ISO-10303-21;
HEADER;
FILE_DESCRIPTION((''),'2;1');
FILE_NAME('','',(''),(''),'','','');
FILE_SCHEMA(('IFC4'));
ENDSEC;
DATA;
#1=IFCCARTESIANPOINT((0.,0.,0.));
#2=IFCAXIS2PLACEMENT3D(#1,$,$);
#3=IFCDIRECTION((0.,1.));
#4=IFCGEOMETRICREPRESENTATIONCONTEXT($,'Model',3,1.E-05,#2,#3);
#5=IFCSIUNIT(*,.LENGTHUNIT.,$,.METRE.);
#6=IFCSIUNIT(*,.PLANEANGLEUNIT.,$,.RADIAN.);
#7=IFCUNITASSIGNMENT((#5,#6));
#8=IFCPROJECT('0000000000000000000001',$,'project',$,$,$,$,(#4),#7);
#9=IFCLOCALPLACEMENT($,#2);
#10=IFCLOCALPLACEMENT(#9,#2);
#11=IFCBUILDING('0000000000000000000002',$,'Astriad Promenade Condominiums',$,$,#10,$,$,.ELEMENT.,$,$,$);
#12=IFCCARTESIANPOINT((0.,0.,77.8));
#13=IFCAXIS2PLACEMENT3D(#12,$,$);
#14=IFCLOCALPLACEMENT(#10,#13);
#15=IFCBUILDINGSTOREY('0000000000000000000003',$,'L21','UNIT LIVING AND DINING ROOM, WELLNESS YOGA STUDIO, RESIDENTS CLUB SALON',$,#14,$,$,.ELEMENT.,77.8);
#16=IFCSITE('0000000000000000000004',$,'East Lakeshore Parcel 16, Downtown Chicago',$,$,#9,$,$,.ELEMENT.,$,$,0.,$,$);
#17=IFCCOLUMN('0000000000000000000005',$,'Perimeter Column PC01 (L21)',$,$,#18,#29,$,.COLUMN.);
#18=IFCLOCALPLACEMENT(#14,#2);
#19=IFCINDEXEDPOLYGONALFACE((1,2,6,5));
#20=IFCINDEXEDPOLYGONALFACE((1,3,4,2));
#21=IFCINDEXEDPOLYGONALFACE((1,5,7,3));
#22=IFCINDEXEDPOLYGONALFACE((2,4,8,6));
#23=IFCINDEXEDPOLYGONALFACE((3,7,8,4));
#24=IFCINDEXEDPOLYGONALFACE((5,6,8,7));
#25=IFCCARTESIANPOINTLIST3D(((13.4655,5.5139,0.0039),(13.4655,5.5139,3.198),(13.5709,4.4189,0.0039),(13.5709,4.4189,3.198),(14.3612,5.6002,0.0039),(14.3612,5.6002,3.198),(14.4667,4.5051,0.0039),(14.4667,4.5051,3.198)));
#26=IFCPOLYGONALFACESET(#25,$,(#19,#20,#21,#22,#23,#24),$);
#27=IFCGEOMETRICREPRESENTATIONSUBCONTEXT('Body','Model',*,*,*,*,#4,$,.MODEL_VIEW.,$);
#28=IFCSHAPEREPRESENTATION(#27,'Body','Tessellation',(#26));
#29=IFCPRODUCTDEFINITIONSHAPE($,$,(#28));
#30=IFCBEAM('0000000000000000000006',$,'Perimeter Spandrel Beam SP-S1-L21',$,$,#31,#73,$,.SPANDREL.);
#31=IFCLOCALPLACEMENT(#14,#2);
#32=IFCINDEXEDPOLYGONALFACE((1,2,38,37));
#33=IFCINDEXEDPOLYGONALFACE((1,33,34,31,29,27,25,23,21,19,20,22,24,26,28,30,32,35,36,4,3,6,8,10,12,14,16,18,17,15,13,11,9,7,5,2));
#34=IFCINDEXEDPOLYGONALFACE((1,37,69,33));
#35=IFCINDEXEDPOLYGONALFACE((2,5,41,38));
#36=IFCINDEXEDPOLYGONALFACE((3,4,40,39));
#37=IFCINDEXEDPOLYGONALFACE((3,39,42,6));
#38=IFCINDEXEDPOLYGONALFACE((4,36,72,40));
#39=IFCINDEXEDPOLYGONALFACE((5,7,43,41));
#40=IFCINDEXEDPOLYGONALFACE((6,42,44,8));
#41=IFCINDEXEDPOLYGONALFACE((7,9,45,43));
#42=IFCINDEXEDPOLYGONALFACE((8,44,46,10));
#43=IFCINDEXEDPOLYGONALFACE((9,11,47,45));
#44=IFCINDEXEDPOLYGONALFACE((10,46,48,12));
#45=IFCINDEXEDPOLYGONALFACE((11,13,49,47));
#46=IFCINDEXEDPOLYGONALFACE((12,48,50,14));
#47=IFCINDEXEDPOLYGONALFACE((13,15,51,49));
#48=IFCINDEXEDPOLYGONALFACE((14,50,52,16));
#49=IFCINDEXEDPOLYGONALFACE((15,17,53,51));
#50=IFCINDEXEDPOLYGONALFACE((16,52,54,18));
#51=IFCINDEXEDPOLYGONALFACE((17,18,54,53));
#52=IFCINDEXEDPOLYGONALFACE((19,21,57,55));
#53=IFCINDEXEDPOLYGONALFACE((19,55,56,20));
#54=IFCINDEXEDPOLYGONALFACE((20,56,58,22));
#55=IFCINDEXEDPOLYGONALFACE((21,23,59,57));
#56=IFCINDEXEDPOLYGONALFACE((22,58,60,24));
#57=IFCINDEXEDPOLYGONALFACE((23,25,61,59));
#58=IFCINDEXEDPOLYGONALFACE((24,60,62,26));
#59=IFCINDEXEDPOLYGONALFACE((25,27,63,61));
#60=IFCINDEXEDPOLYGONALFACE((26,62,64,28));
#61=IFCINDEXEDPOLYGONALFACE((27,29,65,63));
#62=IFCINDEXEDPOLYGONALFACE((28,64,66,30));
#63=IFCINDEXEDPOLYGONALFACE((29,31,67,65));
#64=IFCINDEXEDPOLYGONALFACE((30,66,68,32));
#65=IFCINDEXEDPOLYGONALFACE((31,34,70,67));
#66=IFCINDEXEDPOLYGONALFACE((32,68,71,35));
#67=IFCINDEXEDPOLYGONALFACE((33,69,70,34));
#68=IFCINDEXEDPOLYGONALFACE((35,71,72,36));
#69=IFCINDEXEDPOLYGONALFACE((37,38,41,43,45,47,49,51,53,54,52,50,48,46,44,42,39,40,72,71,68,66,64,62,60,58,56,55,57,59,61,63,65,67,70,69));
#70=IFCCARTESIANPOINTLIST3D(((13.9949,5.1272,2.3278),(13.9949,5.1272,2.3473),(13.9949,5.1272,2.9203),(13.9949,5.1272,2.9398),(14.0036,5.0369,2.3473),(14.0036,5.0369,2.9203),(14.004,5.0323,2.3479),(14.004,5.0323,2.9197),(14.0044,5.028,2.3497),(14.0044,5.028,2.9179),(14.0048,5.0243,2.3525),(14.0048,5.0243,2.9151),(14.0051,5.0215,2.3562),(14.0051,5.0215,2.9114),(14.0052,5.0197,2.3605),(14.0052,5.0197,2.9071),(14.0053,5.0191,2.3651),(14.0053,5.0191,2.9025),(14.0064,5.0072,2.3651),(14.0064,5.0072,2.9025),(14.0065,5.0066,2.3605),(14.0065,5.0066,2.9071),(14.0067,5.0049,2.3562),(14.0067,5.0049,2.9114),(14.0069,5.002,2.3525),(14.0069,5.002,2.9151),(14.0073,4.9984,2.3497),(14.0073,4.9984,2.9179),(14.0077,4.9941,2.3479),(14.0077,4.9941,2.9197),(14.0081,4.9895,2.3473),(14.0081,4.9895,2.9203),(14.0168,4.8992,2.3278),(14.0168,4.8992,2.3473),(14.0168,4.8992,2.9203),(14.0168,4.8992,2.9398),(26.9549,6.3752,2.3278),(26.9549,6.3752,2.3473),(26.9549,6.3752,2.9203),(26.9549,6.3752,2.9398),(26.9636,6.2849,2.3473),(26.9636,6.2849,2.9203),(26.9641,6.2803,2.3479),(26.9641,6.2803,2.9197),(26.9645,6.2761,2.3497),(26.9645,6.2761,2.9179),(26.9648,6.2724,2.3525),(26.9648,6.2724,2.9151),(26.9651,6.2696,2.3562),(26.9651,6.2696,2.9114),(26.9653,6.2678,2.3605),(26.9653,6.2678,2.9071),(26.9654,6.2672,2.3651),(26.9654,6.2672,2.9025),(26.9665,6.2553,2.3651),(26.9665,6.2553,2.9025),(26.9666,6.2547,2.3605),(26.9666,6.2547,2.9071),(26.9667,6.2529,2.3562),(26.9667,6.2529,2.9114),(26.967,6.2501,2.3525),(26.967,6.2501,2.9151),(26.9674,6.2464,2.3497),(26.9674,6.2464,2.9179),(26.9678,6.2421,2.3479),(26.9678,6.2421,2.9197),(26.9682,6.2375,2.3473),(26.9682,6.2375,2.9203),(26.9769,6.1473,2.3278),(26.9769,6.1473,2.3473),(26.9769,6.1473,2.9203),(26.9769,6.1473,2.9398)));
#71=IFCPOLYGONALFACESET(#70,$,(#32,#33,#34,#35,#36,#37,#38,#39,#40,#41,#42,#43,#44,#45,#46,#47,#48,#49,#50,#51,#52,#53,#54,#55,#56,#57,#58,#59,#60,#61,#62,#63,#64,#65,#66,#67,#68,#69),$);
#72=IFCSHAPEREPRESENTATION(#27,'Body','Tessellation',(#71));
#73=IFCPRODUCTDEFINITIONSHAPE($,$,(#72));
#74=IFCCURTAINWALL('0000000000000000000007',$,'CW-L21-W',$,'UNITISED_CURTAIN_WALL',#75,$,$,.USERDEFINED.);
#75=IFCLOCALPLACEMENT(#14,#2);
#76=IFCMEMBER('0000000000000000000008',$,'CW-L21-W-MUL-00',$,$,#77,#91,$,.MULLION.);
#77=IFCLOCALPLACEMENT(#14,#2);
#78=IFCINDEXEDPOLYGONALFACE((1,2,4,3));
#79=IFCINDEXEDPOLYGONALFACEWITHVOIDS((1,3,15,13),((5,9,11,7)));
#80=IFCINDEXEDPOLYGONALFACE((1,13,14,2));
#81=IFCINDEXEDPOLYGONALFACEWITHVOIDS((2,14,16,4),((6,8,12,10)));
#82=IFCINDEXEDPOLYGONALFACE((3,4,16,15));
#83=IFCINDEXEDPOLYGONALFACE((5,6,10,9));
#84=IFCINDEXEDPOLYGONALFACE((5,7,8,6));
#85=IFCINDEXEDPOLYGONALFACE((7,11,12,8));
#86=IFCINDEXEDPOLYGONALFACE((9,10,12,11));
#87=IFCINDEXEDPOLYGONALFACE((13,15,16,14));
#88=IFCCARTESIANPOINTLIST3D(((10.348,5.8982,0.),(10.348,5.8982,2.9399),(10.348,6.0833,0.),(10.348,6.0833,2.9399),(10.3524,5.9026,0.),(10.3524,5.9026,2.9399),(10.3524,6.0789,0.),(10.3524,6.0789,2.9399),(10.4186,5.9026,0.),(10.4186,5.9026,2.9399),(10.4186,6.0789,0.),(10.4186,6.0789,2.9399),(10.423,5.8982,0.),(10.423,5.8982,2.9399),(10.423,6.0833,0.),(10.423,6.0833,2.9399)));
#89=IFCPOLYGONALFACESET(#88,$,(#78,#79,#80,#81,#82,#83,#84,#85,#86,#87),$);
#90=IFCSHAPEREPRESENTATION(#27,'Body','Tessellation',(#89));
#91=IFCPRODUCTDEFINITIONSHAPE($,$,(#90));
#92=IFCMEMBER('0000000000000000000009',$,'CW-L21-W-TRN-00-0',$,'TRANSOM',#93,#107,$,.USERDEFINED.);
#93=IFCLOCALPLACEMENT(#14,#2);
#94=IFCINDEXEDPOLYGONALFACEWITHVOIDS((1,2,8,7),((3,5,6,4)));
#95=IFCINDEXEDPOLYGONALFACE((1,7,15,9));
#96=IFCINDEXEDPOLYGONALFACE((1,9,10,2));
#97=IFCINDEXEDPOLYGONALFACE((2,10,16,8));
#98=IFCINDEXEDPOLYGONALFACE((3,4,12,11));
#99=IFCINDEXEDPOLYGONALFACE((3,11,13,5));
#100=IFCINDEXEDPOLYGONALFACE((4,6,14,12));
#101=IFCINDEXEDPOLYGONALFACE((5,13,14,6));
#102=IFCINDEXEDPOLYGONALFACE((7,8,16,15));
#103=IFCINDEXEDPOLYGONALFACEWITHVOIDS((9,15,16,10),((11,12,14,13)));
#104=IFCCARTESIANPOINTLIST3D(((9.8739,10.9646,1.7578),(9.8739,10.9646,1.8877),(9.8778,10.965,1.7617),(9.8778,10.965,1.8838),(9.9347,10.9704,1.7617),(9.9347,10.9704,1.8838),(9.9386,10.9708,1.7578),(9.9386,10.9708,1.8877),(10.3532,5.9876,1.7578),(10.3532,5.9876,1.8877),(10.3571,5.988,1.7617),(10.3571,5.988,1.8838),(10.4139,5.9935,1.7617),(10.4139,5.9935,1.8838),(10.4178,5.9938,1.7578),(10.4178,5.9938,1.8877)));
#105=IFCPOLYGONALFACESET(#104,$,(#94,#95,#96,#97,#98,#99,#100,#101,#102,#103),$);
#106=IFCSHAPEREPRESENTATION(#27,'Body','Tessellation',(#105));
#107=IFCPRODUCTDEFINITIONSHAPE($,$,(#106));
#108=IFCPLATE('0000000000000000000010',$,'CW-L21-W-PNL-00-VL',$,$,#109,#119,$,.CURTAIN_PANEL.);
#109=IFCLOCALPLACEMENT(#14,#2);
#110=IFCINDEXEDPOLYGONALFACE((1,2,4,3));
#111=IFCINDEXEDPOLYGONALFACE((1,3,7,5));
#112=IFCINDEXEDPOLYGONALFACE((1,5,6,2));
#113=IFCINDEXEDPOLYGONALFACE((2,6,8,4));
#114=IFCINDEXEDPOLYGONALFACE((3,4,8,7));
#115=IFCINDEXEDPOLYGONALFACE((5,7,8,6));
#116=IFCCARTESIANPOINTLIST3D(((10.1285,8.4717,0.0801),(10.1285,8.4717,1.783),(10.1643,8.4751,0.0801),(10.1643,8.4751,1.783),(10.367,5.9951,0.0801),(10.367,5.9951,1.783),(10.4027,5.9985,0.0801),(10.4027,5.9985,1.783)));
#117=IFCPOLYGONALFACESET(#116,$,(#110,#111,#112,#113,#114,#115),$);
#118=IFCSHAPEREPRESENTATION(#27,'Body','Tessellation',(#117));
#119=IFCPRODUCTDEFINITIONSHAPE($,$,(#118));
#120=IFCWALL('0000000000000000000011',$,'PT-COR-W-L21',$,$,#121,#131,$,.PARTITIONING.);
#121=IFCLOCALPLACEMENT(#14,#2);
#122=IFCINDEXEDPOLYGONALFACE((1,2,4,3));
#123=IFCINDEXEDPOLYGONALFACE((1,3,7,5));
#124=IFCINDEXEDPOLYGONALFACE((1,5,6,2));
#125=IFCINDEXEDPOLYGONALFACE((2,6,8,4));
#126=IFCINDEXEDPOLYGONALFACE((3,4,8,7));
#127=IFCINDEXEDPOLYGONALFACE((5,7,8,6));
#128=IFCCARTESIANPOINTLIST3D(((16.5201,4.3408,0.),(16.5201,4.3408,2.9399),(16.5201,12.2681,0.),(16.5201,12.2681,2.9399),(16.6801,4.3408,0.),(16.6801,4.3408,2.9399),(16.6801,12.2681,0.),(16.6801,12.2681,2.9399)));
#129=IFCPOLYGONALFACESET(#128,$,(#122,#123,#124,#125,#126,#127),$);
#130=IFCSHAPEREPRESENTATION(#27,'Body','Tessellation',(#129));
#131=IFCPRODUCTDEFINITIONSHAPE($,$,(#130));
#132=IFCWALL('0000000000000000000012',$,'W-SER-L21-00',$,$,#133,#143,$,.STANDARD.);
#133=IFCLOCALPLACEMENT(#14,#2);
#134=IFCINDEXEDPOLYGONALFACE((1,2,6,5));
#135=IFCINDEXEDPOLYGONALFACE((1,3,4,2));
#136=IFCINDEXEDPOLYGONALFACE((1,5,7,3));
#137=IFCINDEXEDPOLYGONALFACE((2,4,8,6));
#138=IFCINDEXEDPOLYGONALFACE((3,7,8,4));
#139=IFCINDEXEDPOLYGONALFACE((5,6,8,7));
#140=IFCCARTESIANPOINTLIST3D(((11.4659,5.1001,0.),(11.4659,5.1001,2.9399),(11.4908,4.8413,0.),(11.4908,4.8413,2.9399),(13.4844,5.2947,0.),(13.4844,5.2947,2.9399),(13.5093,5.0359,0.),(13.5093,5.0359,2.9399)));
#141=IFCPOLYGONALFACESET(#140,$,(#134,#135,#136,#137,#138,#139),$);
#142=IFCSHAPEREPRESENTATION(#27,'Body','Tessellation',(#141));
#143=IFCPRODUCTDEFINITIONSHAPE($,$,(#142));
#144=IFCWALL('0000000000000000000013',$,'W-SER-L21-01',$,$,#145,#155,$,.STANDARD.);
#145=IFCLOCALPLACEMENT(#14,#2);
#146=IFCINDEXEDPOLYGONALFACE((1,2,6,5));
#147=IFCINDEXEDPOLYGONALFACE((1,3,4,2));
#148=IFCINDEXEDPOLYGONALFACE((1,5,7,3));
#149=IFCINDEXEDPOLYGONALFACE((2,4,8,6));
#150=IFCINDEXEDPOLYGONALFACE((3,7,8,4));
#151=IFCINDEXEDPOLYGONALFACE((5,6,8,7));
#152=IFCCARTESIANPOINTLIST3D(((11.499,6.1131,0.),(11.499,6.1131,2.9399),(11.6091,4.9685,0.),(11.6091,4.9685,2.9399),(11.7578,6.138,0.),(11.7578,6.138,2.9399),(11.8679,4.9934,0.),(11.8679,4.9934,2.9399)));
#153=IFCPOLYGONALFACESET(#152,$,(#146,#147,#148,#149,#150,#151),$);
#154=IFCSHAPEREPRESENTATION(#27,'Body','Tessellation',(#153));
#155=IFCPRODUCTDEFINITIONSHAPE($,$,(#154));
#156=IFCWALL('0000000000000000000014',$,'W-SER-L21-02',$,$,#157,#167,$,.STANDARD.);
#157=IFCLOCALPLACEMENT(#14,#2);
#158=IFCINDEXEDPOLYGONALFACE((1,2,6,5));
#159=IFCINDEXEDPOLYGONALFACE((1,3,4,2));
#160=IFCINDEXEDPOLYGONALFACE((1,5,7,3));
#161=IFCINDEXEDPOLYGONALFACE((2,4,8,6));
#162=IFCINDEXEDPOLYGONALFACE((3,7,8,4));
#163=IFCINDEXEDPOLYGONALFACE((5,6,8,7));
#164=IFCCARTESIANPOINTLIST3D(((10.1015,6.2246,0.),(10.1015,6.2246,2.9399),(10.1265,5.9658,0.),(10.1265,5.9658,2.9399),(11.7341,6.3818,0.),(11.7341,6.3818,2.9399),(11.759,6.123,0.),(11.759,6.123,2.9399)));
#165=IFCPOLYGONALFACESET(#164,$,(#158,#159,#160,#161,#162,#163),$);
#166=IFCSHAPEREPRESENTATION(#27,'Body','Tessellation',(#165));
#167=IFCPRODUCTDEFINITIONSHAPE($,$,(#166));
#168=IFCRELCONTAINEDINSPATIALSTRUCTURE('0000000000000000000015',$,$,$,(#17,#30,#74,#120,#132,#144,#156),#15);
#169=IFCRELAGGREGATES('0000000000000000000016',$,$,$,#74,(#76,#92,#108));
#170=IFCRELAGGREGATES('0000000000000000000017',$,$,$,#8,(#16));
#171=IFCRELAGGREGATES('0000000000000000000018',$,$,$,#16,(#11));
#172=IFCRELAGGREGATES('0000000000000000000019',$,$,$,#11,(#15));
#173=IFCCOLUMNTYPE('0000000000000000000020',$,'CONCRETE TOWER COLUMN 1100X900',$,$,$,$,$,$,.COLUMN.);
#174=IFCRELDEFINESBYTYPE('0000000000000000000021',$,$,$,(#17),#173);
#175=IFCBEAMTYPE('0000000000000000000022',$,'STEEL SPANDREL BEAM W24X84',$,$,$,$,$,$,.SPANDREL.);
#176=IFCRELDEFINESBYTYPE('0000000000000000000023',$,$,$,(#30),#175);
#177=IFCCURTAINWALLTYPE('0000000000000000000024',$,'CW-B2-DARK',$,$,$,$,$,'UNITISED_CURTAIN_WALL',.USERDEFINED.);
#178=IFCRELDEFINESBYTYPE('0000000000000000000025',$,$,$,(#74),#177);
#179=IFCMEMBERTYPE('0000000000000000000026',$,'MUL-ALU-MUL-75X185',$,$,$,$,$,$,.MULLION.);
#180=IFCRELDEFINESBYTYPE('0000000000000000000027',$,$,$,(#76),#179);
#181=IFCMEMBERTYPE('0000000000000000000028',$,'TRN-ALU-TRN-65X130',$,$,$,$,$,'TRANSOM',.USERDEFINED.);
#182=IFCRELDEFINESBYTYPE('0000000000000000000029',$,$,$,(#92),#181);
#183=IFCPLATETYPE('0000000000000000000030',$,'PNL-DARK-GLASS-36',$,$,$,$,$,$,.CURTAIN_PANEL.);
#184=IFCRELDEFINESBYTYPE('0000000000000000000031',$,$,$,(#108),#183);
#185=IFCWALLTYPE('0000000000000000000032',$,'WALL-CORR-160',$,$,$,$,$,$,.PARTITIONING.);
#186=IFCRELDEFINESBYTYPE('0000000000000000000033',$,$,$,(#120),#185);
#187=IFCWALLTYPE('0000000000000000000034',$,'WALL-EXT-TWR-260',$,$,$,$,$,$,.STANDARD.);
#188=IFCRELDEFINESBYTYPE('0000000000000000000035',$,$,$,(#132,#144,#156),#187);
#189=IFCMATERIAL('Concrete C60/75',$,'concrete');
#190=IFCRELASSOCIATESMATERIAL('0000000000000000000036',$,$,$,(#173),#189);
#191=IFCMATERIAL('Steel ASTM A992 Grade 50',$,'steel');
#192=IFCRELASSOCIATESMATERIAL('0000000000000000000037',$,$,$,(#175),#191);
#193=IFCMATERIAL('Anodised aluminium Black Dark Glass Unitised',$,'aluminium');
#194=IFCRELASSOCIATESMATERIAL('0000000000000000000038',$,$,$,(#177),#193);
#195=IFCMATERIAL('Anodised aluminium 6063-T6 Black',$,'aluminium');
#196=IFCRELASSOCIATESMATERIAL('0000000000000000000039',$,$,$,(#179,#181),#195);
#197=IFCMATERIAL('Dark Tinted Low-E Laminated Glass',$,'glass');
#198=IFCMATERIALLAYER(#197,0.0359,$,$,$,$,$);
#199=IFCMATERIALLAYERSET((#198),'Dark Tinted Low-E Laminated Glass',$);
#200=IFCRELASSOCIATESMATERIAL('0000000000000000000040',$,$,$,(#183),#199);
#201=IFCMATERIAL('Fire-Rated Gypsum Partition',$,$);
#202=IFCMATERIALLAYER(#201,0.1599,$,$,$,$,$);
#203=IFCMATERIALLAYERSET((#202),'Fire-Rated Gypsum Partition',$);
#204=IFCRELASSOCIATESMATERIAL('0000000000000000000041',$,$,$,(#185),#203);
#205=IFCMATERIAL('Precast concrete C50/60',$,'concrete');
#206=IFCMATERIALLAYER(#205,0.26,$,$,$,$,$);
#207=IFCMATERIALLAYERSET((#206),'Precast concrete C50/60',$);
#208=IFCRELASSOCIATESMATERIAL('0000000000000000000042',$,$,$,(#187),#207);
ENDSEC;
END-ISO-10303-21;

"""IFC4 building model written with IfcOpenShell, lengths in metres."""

from ifc_helpers import new_model, si_unit, direction, frame, frame_2d, origin, origin_2d, place, context, subcontext, project, spatial, rectangle, hollow_rectangle, i_section, extrude, source, transform, mapped, material, layer, layer_set, material_profile, profile_set, type_object, type_shapes, element, aggregate, save


model = new_model("IFC4")

# Units and contexts
model_context = context("Model", 3, precision=1e-05, world=origin(), true_north=direction((0.0, 1.0)))
body_context = subcontext(model_context, "Body", "Model", "MODEL_VIEW")
ifc_project = project(units=[si_unit("LENGTHUNIT", "METRE"), si_unit("PLANEANGLEUNIT", "RADIAN")], contexts=[model_context])

# Site, building, storey
site_placement = place(None, origin())
site = spatial("IfcSite", under=ifc_project, at=site_placement, Name="East Lakeshore Parcel 16, Downtown Chicago", CompositionType="ELEMENT", RefElevation=0.0)
building_placement = place(site_placement, origin())
building = spatial("IfcBuilding", under=site, at=building_placement, Name="Astriad Promenade Condominiums", CompositionType="ELEMENT")
storey_placement = place(building_placement, frame((0.0, 0.0, 77.8)))
storey = spatial("IfcBuildingStorey", under=building, at=storey_placement, Name="L21", Description="UNIT LIVING AND DINING ROOM, WELLNESS YOGA STUDIO, RESIDENTS CLUB SALON", CompositionType="ELEMENT", Elevation=77.8)

# Column
ifc_material_1 = material(Name="Concrete C60/75", Category="concrete")
ifc_material_profile_1 = material_profile(ifc_material_1, rectangle(XDim=0.8999, YDim=1.1001, at=origin_2d()), Name="RC-COL-1100X900")
ifc_profile_set_1 = profile_set([ifc_material_profile_1], Name="Concrete C60/75")
column_type = type_object("IfcColumnType", Name="CONCRETE TOWER COLUMN 1100X900", PredefinedType="COLUMN", material=ifc_profile_set_1)
shared_shape_1 = source(origin(), body_context, "Body", "SweptSolid", [
    extrude(rectangle(XDim=0.8999, YDim=1.1001, at=origin_2d()), origin(), (0.0, 0.0, 1.0), 3.1941),
])
type_shapes(column_type, [shared_shape_1])
column_placement = place(storey_placement, frame((13.9661, 5.0095, 0.0039), z_axis=(0.0, 0.0, 1.0), x_axis=(0.995396, 0.095846, 0.0)))
element("IfcColumn", 1, at=column_placement, inside=storey, type_object=column_type, Name="Perimeter Column PC01 (L21)", PredefinedType="COLUMN", context=body_context, shape_type="MappedRepresentation", body=[
    mapped(shared_shape_1, transform((0.0, 0.0, 0.0), scale=1.0)),
])

# Beam
ifc_material_2 = material(Name="Steel ASTM A992 Grade 50", Category="steel")
ifc_material_profile_2 = material_profile(ifc_material_2, i_section(OverallWidth=0.229, OverallDepth=0.6121, WebThickness=0.012, FlangeThickness=0.0195, FilletRadius=0.0178, at=origin_2d()), Name="W24X84")
ifc_profile_set_2 = profile_set([ifc_material_profile_2], Name="Steel ASTM A992 Grade 50")
beam_type = type_object("IfcBeamType", Name="STEEL SPANDREL BEAM W24X84", PredefinedType="SPANDREL", material=ifc_profile_set_2)
shared_shape_2 = source(origin(), body_context, "Body", "SweptSolid", [
    extrude(i_section(OverallWidth=0.229, OverallDepth=0.6121, WebThickness=0.012, FlangeThickness=0.0195, FilletRadius=0.0178, at=origin_2d()), origin(), (0.0, 0.0, 1.0), 13.02),
])
type_shapes(beam_type, [shared_shape_2])
beam_placement = place(storey_placement, frame((14.0059, 5.0132, 2.6338), z_axis=(0.995395, 0.095857, 0.0), x_axis=(-0.095857, 0.995395, 0.0)))
element("IfcBeam", 2, at=beam_placement, inside=storey, type_object=beam_type, Name="Perimeter Spandrel Beam SP-S1-L21", PredefinedType="SPANDREL", context=body_context, shape_type="MappedRepresentation", body=[
    mapped(shared_shape_2, transform((0.0, 0.0, 0.0), scale=1.0)),
])

# Curtain wall, members, plate
ifc_material_3 = material(Name="Anodised aluminium Black Dark Glass Unitised", Category="aluminium")
curtain_wall_type = type_object("IfcCurtainWallType", Name="CW-B2-DARK", ElementType="UNITISED_CURTAIN_WALL", PredefinedType="USERDEFINED", material=ifc_material_3)
curtain_wall_placement = place(storey_placement, origin())
curtain_wall = element("IfcCurtainWall", 3, at=curtain_wall_placement, inside=storey, type_object=curtain_wall_type, Name="CW-L21-W", ObjectType="UNITISED_CURTAIN_WALL", PredefinedType="USERDEFINED")
ifc_material_4 = material(Name="Anodised aluminium 6063-T6 Black", Category="aluminium")
ifc_material_profile_3 = material_profile(ifc_material_4, hollow_rectangle(XDim=0.075, YDim=0.1851, WallThickness=0.0044, at=origin_2d()), Name="ALU-MUL-75X185")
ifc_profile_set_3 = profile_set([ifc_material_profile_3], Name="Anodised aluminium 6063-T6 Black")
member_type_1 = type_object("IfcMemberType", Name="MUL-ALU-MUL-75X185", PredefinedType="MULLION", material=ifc_profile_set_3)
shared_shape_3 = source(origin(), body_context, "Body", "SweptSolid", [
    extrude(hollow_rectangle(XDim=0.075, YDim=0.1851, WallThickness=0.0044, at=origin_2d()), origin(), (0.0, 0.0, 1.0), 2.9399),
])
type_shapes(member_type_1, [shared_shape_3])
member_1_placement = place(storey_placement, frame((10.3855, 5.9907, 0.0), z_axis=(0.0, 0.0, 1.0), x_axis=(1.0, 0.0, 0.0)))
member_1 = element("IfcMember", 4, at=member_1_placement, type_object=member_type_1, Name="CW-L21-W-MUL-00", PredefinedType="MULLION", context=body_context, shape_type="MappedRepresentation", body=[
    mapped(shared_shape_3, transform((0.0, 0.0, 0.0), scale=1.0)),
])
ifc_material_profile_4 = material_profile(ifc_material_4, hollow_rectangle(XDim=0.0649, YDim=0.1299, WallThickness=0.0039, at=origin_2d()), Name="ALU-TRN-65X130")
ifc_profile_set_4 = profile_set([ifc_material_profile_4], Name="Anodised aluminium 6063-T6 Black")
member_type_2 = type_object("IfcMemberType", Name="TRN-ALU-TRN-65X130", ElementType="TRANSOM", PredefinedType="USERDEFINED", material=ifc_profile_set_4)
shared_shape_4 = source(origin(), body_context, "Body", "SweptSolid", [
    extrude(hollow_rectangle(XDim=0.0649, YDim=0.1299, WallThickness=0.0039, at=origin_2d()), origin(), (0.0, 0.0, 1.0), 5.0),
])
type_shapes(member_type_2, [shared_shape_4])
member_2_placement = place(storey_placement, frame((10.3855, 5.9907, 1.8228), z_axis=(-0.095848, 0.995396, 0.0), x_axis=(-0.995396, -0.095848, 0.0)))
member_2 = element("IfcMember", 5, at=member_2_placement, type_object=member_type_2, Name="CW-L21-W-TRN-00-0", ObjectType="TRANSOM", PredefinedType="USERDEFINED", context=body_context, shape_type="MappedRepresentation", body=[
    mapped(shared_shape_4, transform((0.0, 0.0, 0.0), scale=1.0)),
])
ifc_material_5 = material(Name="Dark Tinted Low-E Laminated Glass", Category="glass")
ifc_layer_1 = layer(ifc_material_5, 0.0359)
ifc_layer_set_1 = layer_set([ifc_layer_1], Name="Dark Tinted Low-E Laminated Glass")
plate_type = type_object("IfcPlateType", Name="PNL-DARK-GLASS-36", PredefinedType="CURTAIN_PANEL", material=ifc_layer_set_1)
shared_shape_5 = source(origin(), body_context, "Body", "SweptSolid", [
    extrude(rectangle(XDim=2.488, YDim=0.0359, at=origin_2d()), origin(), (0.0, 0.0, 1.0), 1.7029),
])
type_shapes(plate_type, [shared_shape_5])
plate_placement = place(storey_placement, frame((10.2656, 7.2351, 0.0801), z_axis=(0.0, 0.0, 1.0), x_axis=(-0.095846, 0.995396, 0.0)))
plate = element("IfcPlate", 6, at=plate_placement, type_object=plate_type, Name="CW-L21-W-PNL-00-VL", PredefinedType="CURTAIN_PANEL", context=body_context, shape_type="MappedRepresentation", body=[
    mapped(shared_shape_5, transform((0.0, 0.0, 0.0), scale=1.0)),
])
aggregate(curtain_wall, [member_1, member_2, plate])

# Walls
ifc_material_6 = material(Name="Fire-Rated Gypsum Partition")
ifc_layer_2 = layer(ifc_material_6, 0.1599)
ifc_layer_set_2 = layer_set([ifc_layer_2], Name="Fire-Rated Gypsum Partition")
wall_type_1 = type_object("IfcWallType", Name="WALL-CORR-160", PredefinedType="PARTITIONING", material=ifc_layer_set_2)
wall_1_placement = place(storey_placement, frame((16.6001, 4.3408, 0.0), z_axis=(0.0, 0.0, 1.0), x_axis=(0.0, 1.0, 0.0)))
element("IfcWall", 7, at=wall_1_placement, inside=storey, type_object=wall_type_1, Name="PT-COR-W-L21", PredefinedType="PARTITIONING", context=body_context, shape_type="SweptSolid", body=[
    extrude(rectangle(XDim=7.9272, YDim=0.1599, at=frame_2d((3.9636, 0.0))), origin(), (0.0, 0.0, 1.0), 2.9399),
])
ifc_material_7 = material(Name="Precast concrete C50/60", Category="concrete")
ifc_layer_3 = layer(ifc_material_7, 0.26)
ifc_layer_set_3 = layer_set([ifc_layer_3], Name="Precast concrete C50/60")
wall_type_2 = type_object("IfcWallType", Name="WALL-EXT-TWR-260", PredefinedType="STANDARD", material=ifc_layer_set_3)
wall_2_placement = place(storey_placement, frame((13.4968, 5.1653, 0.0), z_axis=(0.0, 0.0, 1.0), x_axis=(-0.995386, -0.095951, 0.0)))
element("IfcWall", 8, at=wall_2_placement, inside=storey, type_object=wall_type_2, Name="W-SER-L21-00", PredefinedType="STANDARD", context=body_context, shape_type="SweptSolid", body=[
    extrude(rectangle(XDim=2.0278, YDim=0.26, at=frame_2d((1.0139, 0.0))), origin(), (0.0, 0.0, 1.0), 2.9399),
])
wall_3_placement = place(storey_placement, frame((11.7385, 4.981, 0.0), z_axis=(0.0, 0.0, 1.0), x_axis=(-0.095761, 0.995404, 0.0)))
element("IfcWall", 9, at=wall_3_placement, inside=storey, type_object=wall_type_2, Name="W-SER-L21-01", PredefinedType="STANDARD", context=body_context, shape_type="SweptSolid", body=[
    extrude(rectangle(XDim=1.1499, YDim=0.26, at=frame_2d((0.575, 0.0))), origin(), (0.0, 0.0, 1.0), 2.9399),
])
wall_4_placement = place(storey_placement, frame((11.7466, 6.2524, 0.0), z_axis=(0.0, 0.0, 1.0), x_axis=(-0.995395, -0.095863, 0.0)))
element("IfcWall", 10, at=wall_4_placement, inside=storey, type_object=wall_type_2, Name="W-SER-L21-02", PredefinedType="STANDARD", context=body_context, shape_type="SweptSolid", body=[
    extrude(rectangle(XDim=1.6401, YDim=0.26, at=frame_2d((0.8201, 0.0))), origin(), (0.0, 0.0, 1.0), 2.9399),
])

save(model, "model.ifc")
